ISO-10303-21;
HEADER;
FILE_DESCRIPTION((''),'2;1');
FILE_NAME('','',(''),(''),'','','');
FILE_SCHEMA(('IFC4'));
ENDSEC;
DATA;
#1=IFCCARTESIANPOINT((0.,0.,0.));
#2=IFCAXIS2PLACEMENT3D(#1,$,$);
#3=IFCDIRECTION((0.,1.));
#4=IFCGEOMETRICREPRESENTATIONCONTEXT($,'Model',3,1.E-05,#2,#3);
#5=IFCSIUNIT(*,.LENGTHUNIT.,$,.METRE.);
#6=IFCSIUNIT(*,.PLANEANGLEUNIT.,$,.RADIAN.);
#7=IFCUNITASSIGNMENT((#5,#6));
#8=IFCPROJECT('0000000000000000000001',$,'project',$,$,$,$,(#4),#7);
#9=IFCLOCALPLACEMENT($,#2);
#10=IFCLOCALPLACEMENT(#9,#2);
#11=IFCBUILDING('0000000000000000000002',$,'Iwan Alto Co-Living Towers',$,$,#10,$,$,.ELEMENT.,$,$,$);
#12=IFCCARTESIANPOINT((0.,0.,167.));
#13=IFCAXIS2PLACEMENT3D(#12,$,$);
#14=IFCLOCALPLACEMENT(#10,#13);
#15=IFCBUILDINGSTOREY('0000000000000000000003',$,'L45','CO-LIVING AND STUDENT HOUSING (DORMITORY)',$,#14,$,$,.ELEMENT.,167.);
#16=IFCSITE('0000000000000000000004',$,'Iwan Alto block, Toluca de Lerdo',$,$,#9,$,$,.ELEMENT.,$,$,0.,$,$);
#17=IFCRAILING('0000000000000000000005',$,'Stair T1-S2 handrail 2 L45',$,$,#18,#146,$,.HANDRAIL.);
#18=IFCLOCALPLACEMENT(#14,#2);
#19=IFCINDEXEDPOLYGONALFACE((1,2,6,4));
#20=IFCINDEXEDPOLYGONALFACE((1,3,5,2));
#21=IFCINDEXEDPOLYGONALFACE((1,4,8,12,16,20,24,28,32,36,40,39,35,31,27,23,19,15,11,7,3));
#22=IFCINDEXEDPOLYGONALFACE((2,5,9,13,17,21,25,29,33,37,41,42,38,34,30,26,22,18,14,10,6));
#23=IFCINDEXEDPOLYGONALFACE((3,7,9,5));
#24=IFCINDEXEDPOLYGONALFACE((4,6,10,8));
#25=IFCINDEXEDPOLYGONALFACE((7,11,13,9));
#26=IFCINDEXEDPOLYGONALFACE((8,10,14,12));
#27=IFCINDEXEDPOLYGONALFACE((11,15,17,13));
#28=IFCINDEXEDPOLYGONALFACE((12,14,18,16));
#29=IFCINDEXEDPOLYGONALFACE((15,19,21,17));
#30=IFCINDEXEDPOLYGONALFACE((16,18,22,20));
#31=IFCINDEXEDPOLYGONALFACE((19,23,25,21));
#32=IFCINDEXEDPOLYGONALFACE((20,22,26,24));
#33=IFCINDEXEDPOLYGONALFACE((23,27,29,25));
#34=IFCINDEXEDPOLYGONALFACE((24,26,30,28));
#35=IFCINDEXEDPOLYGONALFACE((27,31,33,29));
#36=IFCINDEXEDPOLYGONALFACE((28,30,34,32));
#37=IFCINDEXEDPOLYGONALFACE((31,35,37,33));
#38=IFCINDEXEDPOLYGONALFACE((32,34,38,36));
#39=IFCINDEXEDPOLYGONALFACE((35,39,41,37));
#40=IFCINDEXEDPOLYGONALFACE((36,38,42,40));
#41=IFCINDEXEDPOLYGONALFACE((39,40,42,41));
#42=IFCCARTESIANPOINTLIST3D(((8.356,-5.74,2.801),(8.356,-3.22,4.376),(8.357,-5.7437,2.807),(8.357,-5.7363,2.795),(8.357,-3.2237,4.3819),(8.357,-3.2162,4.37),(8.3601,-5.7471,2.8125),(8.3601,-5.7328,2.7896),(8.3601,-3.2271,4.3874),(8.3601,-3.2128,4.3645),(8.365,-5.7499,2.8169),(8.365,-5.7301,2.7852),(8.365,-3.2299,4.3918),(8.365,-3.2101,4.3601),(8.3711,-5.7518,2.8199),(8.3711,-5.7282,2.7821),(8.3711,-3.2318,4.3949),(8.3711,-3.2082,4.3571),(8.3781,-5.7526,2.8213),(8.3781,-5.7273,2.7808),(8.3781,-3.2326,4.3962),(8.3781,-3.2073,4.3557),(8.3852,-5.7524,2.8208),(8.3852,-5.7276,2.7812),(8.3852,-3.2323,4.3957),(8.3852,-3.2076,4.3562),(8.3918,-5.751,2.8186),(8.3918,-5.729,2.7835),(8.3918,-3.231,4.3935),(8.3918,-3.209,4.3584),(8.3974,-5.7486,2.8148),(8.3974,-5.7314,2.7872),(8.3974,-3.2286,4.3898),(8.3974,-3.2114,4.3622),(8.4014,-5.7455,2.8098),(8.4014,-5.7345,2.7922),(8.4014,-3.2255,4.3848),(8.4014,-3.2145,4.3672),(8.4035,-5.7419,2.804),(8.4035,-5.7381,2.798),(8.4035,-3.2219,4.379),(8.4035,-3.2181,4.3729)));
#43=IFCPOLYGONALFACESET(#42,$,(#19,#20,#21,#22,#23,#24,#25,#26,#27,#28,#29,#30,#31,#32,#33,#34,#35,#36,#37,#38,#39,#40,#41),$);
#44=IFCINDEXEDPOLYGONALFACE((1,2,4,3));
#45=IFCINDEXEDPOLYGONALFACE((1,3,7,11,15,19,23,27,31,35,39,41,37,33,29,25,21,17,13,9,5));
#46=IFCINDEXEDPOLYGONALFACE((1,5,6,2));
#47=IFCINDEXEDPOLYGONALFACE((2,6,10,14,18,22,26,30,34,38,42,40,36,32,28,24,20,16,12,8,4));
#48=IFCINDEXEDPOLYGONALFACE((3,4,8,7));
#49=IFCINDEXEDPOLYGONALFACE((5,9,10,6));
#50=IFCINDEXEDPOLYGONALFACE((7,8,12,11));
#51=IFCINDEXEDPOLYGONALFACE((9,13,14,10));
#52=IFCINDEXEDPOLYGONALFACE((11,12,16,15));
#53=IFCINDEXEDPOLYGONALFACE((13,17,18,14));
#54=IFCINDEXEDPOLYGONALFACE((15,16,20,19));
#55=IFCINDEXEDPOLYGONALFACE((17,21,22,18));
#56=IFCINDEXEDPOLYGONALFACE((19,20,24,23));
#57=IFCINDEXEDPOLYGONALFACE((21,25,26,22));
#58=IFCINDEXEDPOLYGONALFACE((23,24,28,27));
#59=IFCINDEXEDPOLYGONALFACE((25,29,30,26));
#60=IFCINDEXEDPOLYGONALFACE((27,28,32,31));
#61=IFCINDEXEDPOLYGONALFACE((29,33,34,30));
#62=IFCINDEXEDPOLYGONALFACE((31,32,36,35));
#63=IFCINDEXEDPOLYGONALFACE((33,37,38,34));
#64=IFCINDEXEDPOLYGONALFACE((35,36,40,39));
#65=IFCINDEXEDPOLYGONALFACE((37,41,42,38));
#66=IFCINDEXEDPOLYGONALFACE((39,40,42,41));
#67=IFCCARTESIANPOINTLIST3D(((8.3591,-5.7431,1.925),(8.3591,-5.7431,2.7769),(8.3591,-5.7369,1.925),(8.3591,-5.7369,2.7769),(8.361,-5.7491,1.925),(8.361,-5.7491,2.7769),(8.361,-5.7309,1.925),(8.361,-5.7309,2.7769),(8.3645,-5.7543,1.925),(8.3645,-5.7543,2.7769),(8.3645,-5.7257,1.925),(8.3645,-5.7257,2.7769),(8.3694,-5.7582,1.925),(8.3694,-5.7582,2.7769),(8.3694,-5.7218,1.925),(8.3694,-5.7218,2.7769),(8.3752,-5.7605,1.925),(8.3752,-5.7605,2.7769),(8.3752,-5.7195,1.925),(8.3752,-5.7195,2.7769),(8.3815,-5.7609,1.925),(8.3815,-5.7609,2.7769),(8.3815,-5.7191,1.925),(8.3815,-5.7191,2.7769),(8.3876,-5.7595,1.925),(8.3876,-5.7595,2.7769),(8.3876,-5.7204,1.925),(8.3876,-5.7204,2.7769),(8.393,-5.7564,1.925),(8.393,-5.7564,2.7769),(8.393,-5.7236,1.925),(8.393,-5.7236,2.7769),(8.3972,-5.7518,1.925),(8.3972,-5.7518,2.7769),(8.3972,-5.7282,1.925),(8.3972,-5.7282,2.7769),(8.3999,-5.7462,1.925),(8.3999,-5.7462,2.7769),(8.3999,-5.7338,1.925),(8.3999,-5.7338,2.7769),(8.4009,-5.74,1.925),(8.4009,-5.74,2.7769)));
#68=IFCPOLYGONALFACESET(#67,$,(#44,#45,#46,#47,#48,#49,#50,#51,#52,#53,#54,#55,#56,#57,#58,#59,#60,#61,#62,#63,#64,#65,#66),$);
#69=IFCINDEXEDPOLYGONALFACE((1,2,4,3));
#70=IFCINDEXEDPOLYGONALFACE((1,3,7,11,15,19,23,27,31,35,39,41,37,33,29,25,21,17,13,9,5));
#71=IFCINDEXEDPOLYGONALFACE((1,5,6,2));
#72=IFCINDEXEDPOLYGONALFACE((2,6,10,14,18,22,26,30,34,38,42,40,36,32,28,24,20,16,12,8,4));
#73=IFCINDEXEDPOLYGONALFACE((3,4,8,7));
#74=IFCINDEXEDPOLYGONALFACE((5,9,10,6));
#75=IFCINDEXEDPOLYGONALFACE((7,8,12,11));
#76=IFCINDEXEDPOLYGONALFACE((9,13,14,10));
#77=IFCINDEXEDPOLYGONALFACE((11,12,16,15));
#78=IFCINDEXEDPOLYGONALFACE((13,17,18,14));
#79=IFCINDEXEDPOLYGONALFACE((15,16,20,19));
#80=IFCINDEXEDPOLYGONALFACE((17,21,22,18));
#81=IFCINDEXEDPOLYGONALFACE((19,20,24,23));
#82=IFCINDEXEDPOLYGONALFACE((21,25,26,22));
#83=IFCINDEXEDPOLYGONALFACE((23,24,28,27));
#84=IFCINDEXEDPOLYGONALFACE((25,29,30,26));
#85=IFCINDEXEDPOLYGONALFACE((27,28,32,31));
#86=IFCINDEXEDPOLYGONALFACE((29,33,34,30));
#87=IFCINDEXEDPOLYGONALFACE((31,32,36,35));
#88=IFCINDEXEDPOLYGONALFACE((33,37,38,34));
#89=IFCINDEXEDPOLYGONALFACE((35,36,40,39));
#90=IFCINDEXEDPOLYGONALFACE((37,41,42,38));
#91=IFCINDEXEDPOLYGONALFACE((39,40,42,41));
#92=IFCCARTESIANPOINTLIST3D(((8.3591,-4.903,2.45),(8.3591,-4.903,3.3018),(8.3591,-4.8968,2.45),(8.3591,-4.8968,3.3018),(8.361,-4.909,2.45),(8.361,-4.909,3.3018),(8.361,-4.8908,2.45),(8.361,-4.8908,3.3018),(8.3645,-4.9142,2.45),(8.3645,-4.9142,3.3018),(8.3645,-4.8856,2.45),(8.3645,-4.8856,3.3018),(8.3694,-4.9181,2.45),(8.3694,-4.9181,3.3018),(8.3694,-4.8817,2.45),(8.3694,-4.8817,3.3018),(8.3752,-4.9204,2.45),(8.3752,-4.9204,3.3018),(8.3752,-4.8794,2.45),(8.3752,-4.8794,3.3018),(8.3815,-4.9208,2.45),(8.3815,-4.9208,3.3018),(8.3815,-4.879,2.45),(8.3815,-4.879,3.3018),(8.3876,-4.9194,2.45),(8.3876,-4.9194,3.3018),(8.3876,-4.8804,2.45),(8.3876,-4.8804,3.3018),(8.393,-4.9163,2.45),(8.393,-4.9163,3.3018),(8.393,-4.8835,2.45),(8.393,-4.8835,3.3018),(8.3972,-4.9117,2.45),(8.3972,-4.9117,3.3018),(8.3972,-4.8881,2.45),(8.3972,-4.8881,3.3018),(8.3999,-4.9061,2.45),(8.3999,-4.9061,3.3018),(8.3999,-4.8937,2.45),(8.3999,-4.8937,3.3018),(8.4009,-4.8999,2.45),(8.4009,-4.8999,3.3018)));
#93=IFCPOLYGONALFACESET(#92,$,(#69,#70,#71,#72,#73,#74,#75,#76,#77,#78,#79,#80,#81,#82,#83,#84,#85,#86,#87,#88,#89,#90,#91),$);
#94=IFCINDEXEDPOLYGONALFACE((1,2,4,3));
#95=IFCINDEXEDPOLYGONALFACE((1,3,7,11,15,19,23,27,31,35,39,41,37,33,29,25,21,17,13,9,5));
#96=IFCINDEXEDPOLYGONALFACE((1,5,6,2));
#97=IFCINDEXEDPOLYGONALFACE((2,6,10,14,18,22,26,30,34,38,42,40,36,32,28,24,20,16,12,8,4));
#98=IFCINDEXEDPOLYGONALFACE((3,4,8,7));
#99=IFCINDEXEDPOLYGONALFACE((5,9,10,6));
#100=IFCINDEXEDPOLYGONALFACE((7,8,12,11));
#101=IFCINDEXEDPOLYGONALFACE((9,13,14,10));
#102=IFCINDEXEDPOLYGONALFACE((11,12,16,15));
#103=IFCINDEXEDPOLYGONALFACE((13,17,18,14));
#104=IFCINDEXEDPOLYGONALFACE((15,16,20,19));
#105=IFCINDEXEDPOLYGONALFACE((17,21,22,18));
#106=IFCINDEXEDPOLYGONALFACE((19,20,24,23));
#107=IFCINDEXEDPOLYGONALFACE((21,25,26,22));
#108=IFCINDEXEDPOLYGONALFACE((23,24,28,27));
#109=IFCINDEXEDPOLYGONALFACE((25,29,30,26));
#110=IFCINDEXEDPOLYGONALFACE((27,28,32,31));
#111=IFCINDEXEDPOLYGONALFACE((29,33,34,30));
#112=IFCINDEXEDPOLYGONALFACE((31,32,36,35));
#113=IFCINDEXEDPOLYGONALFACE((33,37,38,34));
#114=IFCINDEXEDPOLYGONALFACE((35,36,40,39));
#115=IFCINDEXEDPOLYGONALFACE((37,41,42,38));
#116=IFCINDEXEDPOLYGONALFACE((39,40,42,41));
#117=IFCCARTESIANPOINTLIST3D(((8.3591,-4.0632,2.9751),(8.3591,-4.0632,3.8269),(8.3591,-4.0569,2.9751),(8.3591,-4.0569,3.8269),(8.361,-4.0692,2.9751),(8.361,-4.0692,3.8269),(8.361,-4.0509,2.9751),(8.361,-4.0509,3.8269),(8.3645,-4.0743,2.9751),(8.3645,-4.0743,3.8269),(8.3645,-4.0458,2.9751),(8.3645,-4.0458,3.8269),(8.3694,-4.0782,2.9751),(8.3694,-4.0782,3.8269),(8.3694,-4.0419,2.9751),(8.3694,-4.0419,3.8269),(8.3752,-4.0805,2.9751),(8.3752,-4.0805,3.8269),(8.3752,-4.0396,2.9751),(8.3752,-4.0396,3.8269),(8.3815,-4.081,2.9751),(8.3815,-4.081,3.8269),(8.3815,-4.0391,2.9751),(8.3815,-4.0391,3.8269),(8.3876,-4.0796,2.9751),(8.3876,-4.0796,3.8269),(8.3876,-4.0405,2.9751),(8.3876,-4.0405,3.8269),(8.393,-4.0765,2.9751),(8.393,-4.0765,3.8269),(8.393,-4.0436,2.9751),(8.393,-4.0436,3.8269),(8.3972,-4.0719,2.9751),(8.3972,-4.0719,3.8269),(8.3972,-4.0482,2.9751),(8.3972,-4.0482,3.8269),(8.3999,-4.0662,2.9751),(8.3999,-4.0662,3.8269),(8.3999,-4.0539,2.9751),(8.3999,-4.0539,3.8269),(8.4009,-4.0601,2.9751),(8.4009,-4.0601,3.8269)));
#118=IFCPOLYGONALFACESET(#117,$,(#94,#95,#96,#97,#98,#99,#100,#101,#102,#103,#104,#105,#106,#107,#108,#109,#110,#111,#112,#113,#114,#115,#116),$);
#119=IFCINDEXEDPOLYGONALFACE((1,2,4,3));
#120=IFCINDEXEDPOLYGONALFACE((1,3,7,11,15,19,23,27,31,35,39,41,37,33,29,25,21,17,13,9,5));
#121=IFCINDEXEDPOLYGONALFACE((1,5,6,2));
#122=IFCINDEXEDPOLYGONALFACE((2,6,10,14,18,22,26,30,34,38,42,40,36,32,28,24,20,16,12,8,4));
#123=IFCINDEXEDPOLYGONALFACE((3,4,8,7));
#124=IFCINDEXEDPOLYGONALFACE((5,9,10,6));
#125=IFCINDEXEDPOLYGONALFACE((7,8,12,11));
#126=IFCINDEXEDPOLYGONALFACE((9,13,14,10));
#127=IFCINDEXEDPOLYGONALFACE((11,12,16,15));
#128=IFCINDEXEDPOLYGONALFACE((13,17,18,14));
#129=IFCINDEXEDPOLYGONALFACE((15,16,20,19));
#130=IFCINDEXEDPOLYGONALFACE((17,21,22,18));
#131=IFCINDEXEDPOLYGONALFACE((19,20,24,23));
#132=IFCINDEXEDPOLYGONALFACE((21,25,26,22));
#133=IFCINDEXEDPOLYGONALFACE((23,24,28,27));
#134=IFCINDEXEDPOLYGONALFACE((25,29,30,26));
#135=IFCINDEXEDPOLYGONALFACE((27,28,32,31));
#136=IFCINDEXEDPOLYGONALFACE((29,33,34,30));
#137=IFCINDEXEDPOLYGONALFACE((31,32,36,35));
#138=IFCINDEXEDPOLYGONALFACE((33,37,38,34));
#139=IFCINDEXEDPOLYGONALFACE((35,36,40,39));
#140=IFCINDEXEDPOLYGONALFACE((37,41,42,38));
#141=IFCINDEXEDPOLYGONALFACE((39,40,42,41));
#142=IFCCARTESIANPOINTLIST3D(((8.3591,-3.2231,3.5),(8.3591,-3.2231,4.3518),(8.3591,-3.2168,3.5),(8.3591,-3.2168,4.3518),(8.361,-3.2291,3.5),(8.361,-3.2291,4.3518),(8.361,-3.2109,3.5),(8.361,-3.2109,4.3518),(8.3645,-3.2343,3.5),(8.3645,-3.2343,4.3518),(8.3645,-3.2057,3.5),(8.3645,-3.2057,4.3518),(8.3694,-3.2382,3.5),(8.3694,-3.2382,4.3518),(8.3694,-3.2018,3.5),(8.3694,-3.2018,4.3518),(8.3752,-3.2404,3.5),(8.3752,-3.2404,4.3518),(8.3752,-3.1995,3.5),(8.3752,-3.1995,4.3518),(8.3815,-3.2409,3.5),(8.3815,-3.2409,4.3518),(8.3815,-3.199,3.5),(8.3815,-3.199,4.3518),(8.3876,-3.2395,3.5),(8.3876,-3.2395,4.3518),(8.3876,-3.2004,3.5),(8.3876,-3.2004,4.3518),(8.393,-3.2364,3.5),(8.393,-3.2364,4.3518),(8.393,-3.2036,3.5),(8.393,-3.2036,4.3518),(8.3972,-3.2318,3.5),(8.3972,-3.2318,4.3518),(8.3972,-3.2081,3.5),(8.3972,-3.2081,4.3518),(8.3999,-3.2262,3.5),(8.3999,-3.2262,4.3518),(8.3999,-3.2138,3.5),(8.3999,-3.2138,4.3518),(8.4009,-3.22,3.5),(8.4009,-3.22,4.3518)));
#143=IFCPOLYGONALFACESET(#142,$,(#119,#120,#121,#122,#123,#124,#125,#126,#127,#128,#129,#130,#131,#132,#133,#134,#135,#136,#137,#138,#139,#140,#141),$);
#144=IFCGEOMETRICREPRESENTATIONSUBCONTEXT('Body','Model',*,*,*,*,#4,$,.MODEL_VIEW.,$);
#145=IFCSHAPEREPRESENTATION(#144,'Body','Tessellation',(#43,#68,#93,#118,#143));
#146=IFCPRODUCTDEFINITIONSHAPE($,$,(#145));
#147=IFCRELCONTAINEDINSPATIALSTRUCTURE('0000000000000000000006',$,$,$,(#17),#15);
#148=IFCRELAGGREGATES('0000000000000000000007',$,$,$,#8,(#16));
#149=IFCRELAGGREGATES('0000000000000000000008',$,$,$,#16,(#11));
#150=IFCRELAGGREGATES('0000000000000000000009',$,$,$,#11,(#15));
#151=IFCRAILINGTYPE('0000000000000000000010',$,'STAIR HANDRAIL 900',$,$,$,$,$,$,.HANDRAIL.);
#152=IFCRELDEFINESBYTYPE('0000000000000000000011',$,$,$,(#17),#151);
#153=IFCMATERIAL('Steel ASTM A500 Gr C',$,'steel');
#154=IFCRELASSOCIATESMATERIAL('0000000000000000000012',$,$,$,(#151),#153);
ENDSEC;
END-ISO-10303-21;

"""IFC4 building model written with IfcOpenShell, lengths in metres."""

from ifc_helpers import new_model, si_unit, direction, frame, origin, origin_2d, place, context, subcontext, project, spatial, circle, extrude, material, type_object, element, save


model = new_model("IFC4")

# Units and contexts
model_context = context("Model", 3, precision=1e-05, world=origin(), true_north=direction((0.0, 1.0)))
body_context = subcontext(model_context, "Body", "Model", "MODEL_VIEW")
ifc_project = project(units=[si_unit("LENGTHUNIT", "METRE"), si_unit("PLANEANGLEUNIT", "RADIAN")], contexts=[model_context])

# Site, building, storey
site_placement = place(None, origin())
site = spatial("IfcSite", under=ifc_project, at=site_placement, Name="Iwan Alto block, Toluca de Lerdo", CompositionType="ELEMENT", RefElevation=0.0)
building_placement = place(site_placement, origin())
building = spatial("IfcBuilding", under=site, at=building_placement, Name="Iwan Alto Co-Living Towers", CompositionType="ELEMENT")
storey_placement = place(building_placement, frame((0.0, 0.0, 167.0)))
storey = spatial("IfcBuildingStorey", under=building, at=storey_placement, Name="L45", Description="CO-LIVING AND STUDENT HOUSING (DORMITORY)", CompositionType="ELEMENT", Elevation=167.0)

# Railing
ifc_material_1 = material(Name="Steel ASTM A500 Gr C", Category="steel")
railing_type_1 = type_object("IfcRailingType", Name="STAIR HANDRAIL 900", PredefinedType="HANDRAIL", material=ifc_material_1)
railing_1_placement = place(storey_placement, frame((8.3799, -5.74, 1.925)))
element("IfcRailing", 1, at=railing_1_placement, inside=storey, type_object=railing_type_1, Name="Stair T1-S2 handrail 2 L45", PredefinedType="HANDRAIL", context=body_context, shape_type="SweptSolid", body=[
    extrude(circle(Radius=0.0239, at=origin_2d()), frame((0.0, 0.0, 0.876), z_axis=(0.0, 0.848008, 0.529984), x_axis=(-1.0, 0.0, 0.0)), (0.0, 0.0, 1.0), 2.9717),
    extrude(circle(Radius=0.021, at=origin_2d()), origin(), (0.0, 0.0, 1.0), 0.8518),
    extrude(circle(Radius=0.021, at=origin_2d()), frame((0.0, 0.8401, 0.5249)), (0.0, 0.0, 1.0), 0.8518),
    extrude(circle(Radius=0.021, at=origin_2d()), frame((0.0, 1.6799, 1.05)), (0.0, 0.0, 1.0), 0.8518),
    extrude(circle(Radius=0.021, at=origin_2d()), frame((0.0, 2.52, 1.575)), (0.0, 0.0, 1.0), 0.8518),
])

save(model, "model.ifc")
